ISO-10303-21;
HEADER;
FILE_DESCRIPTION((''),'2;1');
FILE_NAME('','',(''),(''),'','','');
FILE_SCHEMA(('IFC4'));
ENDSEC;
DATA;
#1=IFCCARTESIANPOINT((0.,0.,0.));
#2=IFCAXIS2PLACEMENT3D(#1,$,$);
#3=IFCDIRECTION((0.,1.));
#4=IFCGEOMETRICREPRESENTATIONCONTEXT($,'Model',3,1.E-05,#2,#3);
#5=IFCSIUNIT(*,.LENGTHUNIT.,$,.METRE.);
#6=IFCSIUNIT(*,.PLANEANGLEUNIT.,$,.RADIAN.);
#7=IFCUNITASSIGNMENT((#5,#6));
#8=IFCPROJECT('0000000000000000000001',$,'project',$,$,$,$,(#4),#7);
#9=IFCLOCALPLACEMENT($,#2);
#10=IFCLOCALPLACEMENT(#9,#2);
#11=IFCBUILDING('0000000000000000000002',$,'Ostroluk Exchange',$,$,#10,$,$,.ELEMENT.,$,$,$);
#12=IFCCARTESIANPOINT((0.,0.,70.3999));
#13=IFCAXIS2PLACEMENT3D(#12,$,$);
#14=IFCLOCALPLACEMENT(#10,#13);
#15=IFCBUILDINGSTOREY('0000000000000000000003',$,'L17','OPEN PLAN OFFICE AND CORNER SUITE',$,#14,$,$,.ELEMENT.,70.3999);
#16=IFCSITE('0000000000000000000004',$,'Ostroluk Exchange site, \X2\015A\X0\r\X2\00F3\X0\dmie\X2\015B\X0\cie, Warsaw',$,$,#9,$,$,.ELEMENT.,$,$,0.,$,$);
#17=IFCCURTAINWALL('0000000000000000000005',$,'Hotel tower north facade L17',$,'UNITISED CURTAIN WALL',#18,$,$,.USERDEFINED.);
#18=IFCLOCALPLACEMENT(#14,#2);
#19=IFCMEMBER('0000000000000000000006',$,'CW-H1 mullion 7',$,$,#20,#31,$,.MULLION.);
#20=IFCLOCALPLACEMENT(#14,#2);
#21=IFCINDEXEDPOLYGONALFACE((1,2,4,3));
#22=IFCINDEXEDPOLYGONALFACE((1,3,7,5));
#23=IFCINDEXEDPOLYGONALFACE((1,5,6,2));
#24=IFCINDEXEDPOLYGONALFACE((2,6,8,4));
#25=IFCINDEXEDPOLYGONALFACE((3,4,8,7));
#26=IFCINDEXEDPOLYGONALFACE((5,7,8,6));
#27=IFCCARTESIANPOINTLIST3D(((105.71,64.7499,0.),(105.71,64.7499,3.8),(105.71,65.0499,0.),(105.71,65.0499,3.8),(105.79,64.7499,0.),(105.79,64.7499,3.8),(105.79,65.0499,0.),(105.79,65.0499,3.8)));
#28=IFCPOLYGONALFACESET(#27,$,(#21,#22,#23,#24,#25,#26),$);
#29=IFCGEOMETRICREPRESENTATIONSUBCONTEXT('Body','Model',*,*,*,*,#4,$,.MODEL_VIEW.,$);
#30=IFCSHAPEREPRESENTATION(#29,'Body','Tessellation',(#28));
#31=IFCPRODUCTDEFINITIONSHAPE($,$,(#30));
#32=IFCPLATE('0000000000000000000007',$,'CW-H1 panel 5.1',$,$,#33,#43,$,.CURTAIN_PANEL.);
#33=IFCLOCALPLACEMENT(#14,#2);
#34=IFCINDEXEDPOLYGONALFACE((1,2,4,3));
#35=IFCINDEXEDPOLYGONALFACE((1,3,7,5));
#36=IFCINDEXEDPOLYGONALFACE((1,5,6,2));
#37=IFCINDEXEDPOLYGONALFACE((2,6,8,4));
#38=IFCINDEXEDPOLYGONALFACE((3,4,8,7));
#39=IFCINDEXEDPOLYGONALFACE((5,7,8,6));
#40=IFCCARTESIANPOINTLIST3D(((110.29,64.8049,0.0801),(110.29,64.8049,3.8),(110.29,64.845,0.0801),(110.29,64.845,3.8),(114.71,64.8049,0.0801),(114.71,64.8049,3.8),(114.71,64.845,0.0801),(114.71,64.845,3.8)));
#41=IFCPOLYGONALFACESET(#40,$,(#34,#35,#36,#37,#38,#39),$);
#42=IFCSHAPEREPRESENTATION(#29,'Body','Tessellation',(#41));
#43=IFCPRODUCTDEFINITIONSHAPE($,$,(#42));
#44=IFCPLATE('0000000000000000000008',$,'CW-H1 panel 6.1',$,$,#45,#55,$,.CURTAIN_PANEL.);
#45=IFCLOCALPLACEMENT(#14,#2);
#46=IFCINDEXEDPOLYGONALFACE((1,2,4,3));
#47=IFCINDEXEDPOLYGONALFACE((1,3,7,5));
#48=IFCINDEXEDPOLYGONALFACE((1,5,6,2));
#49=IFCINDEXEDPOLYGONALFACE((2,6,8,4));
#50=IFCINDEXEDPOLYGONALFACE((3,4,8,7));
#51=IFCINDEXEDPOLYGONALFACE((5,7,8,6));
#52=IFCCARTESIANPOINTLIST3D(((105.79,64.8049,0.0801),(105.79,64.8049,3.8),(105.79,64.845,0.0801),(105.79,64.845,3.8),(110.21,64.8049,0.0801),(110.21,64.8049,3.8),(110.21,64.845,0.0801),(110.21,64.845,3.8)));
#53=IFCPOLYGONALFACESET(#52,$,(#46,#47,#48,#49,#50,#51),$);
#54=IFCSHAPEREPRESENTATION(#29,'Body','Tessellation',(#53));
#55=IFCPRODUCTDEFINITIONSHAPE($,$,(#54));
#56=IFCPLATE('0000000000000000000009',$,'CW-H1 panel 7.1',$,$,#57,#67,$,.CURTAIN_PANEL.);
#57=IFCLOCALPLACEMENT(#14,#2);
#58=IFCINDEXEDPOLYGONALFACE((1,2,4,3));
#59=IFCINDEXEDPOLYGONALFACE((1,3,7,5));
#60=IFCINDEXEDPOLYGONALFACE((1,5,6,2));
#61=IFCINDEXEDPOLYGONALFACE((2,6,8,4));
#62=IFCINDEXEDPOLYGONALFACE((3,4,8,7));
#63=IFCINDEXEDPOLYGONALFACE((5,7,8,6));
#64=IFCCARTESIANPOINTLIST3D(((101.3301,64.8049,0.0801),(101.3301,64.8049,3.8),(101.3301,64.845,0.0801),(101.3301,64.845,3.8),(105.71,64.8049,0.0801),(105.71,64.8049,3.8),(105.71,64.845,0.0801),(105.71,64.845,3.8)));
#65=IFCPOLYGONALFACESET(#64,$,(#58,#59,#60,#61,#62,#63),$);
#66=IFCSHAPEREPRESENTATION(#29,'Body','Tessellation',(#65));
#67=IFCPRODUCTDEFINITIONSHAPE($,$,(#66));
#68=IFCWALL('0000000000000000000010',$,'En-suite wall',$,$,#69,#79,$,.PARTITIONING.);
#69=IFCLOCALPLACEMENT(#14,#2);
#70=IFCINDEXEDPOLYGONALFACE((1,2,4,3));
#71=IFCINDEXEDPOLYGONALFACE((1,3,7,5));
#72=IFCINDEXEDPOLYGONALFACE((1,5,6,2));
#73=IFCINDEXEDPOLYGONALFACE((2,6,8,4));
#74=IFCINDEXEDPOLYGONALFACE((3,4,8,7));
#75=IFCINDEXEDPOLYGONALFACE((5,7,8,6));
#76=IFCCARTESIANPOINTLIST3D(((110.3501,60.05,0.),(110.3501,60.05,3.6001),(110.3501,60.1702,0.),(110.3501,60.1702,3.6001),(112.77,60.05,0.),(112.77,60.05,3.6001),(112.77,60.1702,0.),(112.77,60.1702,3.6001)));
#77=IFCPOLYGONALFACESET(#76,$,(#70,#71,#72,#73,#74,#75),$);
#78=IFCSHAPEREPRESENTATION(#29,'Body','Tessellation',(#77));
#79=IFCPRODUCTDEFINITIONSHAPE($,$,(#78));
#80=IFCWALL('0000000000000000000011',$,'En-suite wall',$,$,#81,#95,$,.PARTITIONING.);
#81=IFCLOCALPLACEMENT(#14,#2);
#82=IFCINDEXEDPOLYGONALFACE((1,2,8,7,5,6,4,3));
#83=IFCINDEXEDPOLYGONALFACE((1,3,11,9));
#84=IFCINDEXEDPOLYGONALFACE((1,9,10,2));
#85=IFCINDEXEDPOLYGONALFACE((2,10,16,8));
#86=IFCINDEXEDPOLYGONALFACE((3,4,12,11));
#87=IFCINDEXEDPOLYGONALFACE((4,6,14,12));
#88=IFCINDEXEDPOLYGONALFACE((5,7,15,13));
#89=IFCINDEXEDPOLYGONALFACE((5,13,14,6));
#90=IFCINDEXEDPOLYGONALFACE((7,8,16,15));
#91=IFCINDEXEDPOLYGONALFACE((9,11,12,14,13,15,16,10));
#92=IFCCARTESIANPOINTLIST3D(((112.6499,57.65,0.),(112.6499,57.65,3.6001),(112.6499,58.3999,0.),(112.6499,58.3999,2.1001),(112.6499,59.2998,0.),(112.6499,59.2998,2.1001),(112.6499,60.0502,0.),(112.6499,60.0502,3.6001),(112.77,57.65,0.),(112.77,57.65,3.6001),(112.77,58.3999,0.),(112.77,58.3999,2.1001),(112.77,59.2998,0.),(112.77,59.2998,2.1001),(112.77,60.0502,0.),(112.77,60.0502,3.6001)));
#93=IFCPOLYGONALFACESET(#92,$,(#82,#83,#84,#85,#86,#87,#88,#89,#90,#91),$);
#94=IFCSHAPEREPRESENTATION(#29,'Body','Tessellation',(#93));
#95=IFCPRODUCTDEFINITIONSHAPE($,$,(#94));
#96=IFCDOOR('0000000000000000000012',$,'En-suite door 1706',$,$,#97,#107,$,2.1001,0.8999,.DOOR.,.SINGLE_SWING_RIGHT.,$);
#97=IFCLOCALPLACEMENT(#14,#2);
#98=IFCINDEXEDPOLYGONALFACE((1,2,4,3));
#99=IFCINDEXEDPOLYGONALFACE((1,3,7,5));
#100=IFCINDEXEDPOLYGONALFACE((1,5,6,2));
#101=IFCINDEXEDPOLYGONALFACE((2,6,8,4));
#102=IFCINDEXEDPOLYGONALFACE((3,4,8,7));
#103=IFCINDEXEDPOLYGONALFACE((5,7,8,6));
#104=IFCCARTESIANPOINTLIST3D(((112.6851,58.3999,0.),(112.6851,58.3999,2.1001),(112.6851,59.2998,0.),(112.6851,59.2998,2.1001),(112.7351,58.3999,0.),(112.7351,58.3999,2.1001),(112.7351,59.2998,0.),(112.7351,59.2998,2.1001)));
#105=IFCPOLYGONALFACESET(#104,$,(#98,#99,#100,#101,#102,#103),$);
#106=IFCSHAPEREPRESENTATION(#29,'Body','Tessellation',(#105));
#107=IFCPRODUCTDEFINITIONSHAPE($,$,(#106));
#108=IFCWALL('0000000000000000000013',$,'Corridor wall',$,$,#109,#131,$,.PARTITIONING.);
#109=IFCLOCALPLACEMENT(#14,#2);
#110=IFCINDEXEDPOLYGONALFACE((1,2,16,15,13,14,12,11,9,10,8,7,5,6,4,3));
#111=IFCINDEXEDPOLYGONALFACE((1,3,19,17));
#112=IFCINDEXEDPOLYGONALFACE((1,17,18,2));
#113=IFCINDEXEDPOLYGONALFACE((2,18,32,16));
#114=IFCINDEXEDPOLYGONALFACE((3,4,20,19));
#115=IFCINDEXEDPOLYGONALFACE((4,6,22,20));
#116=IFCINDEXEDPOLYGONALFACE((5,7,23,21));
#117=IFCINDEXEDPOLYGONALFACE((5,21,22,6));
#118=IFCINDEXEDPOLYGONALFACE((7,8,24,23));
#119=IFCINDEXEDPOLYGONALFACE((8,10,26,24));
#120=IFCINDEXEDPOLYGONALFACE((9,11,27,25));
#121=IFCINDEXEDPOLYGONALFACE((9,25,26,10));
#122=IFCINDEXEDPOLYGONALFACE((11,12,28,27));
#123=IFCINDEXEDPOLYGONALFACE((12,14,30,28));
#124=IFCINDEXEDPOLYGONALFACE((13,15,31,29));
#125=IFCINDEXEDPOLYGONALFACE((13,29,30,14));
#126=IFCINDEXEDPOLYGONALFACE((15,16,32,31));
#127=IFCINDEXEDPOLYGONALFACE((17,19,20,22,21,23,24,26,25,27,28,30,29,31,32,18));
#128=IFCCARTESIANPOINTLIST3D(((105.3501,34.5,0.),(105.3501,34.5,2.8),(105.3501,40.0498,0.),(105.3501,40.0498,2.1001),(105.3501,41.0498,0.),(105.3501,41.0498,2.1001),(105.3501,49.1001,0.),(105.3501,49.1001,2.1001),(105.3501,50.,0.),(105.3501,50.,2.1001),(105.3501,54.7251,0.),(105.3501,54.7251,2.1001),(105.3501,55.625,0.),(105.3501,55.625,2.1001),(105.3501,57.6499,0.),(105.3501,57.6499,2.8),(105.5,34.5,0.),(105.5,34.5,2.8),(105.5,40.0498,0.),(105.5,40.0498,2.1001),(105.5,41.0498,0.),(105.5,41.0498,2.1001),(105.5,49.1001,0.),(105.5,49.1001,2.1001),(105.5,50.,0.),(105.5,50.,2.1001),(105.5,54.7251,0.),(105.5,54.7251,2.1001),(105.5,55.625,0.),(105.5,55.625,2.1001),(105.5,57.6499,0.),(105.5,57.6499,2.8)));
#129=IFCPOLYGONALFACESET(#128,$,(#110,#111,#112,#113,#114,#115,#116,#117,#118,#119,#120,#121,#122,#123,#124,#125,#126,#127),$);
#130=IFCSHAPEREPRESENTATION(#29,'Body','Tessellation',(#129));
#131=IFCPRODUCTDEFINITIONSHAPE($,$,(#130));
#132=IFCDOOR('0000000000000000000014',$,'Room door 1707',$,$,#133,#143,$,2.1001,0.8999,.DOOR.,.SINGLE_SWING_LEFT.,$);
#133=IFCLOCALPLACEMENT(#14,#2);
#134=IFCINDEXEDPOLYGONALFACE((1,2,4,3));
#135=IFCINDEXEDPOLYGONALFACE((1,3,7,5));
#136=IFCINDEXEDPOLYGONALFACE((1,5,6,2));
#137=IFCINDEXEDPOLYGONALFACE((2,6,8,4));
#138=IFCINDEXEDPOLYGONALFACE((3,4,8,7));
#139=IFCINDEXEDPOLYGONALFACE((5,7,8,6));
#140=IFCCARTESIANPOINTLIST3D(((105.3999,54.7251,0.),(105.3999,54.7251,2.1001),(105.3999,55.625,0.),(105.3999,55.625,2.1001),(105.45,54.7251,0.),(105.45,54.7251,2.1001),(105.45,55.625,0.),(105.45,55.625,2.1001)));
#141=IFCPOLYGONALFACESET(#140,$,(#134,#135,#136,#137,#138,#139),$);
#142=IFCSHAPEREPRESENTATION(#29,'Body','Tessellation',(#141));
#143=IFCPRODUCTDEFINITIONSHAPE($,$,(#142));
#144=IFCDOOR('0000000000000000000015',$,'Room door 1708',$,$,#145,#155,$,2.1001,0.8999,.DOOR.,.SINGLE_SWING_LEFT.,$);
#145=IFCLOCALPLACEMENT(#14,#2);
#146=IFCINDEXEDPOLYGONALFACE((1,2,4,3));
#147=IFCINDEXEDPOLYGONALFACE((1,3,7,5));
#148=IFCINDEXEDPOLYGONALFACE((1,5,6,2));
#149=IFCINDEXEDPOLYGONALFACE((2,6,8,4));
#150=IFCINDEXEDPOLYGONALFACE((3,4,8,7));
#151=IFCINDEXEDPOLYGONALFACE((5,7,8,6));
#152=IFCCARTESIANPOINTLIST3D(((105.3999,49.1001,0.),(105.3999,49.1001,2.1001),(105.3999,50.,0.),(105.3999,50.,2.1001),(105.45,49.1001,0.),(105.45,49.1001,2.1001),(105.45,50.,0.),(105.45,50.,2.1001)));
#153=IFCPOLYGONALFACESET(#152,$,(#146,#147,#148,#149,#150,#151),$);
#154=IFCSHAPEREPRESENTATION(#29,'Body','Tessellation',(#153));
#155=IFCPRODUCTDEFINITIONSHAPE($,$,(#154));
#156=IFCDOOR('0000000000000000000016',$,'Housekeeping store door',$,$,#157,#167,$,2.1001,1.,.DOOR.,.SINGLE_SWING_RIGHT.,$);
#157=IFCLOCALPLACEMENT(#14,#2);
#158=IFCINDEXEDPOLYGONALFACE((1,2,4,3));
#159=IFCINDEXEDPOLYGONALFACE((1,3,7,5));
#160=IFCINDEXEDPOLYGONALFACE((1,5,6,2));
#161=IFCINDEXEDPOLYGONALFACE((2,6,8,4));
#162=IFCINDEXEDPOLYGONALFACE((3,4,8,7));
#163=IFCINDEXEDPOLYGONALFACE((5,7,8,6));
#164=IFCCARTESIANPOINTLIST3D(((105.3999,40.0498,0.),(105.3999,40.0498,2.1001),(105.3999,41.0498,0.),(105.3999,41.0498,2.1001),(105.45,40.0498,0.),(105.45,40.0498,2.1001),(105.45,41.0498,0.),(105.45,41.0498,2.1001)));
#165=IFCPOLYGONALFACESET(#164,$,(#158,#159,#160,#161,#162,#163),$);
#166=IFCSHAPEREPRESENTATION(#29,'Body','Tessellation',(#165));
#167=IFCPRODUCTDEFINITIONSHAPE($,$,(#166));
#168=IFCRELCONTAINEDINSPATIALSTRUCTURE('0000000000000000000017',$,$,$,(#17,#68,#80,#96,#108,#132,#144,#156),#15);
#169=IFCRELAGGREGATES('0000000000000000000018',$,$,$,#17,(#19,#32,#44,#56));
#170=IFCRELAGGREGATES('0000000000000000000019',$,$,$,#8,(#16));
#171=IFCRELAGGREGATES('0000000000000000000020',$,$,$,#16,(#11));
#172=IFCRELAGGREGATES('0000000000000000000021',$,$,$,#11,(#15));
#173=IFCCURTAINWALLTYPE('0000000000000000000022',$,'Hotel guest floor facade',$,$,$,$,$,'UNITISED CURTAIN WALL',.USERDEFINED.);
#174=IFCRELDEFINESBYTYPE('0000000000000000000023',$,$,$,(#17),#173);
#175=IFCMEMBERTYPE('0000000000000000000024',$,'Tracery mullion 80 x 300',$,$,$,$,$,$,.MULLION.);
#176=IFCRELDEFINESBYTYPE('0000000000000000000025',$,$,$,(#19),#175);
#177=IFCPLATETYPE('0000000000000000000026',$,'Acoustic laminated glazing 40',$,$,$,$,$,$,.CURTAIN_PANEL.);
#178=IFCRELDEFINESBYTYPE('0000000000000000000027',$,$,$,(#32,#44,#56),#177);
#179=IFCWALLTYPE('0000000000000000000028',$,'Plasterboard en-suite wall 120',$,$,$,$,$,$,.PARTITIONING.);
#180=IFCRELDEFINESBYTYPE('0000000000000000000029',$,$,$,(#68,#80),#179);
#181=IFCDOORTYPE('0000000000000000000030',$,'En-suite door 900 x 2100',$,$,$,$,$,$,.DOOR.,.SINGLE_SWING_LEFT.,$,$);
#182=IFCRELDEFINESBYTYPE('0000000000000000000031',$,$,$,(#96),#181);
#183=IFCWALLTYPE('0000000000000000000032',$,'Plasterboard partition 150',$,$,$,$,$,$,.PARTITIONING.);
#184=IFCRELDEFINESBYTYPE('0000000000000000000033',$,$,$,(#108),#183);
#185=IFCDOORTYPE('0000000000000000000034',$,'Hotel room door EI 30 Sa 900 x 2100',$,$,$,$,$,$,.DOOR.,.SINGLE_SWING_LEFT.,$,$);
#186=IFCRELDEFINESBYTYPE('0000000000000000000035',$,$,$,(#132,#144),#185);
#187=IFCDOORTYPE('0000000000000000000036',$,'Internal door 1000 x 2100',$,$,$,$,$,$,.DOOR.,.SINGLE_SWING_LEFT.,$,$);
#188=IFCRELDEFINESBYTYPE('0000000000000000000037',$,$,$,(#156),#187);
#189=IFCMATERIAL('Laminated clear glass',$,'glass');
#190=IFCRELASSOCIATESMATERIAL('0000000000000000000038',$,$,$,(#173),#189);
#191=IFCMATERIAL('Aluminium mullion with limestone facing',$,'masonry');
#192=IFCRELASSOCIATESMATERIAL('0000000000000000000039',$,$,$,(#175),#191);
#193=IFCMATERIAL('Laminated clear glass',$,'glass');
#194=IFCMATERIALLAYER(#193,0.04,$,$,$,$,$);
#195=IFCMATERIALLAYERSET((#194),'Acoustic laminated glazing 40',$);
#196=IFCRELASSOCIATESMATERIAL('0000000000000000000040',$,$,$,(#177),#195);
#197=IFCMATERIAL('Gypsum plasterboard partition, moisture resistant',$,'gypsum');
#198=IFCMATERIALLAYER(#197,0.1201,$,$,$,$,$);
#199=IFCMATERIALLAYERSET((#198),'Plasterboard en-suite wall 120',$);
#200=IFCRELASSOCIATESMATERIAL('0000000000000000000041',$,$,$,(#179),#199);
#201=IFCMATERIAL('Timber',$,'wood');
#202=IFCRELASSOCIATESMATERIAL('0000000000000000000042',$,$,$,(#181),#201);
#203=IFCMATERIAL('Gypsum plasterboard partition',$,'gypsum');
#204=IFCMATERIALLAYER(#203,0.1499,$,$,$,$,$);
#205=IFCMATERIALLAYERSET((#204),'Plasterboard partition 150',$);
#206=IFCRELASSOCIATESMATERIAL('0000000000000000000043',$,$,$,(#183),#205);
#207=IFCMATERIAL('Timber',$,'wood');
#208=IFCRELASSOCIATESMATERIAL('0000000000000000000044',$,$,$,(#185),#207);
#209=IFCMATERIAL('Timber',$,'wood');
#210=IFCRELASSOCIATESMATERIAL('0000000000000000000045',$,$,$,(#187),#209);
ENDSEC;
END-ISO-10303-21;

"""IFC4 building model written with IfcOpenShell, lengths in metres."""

from ifc_helpers import new_model, si_unit, direction, frame, frame_2d, origin, origin_2d, place, context, subcontext, project, spatial, rectangle, extrude, material, layer, layer_set, material_profile, profile_set, type_object, element, fill, aggregate, save


model = new_model("IFC4")

# Units and contexts
model_context = context("Model", 3, precision=1e-05, world=origin(), true_north=direction((0.0, 1.0)))
body_context = subcontext(model_context, "Body", "Model", "MODEL_VIEW")
ifc_project = project(units=[si_unit("LENGTHUNIT", "METRE"), si_unit("PLANEANGLEUNIT", "RADIAN")], contexts=[model_context])

# Site, building, storey
site_placement = place(None, origin())
site = spatial("IfcSite", under=ifc_project, at=site_placement, Name="Ostroluk Exchange site, Śródmieście, Warsaw", CompositionType="ELEMENT", RefElevation=0.0)
building_placement = place(site_placement, origin())
building = spatial("IfcBuilding", under=site, at=building_placement, Name="Ostroluk Exchange", CompositionType="ELEMENT")
storey_placement = place(building_placement, frame((0.0, 0.0, 70.3999)))
storey = spatial("IfcBuildingStorey", under=building, at=storey_placement, Name="L17", Description="OPEN PLAN OFFICE AND CORNER SUITE", CompositionType="ELEMENT", Elevation=70.3999)

# Curtain wall, member, plates
ifc_material_1 = material(Name="Laminated clear glass", Category="glass")
curtain_wall_type = type_object("IfcCurtainWallType", Name="Hotel guest floor facade", ElementType="UNITISED CURTAIN WALL", PredefinedType="USERDEFINED", material=ifc_material_1)
curtain_wall_placement = place(storey_placement, origin())
curtain_wall = element("IfcCurtainWall", 1, at=curtain_wall_placement, inside=storey, type_object=curtain_wall_type, Name="Hotel tower north facade L17", ObjectType="UNITISED CURTAIN WALL", PredefinedType="USERDEFINED")
ifc_material_2 = material(Name="Aluminium mullion with limestone facing", Category="masonry")
ifc_material_profile_1 = material_profile(ifc_material_2, rectangle(XDim=0.3, YDim=0.0801, at=origin_2d()), Name="Tracery mullion 80 x 300")
ifc_profile_set_1 = profile_set([ifc_material_profile_1], Name="Aluminium mullion with limestone facing")
member_type_1 = type_object("IfcMemberType", Name="Tracery mullion 80 x 300", PredefinedType="MULLION", material=ifc_profile_set_1)
member_1_placement = place(storey_placement, frame((105.75, 64.8999, 0.0), z_axis=(0.0, 0.0, 1.0), x_axis=(0.0, -1.0, 0.0)))
member_1 = element("IfcMember", 2, at=member_1_placement, type_object=member_type_1, Name="CW-H1 mullion 7", PredefinedType="MULLION", context=body_context, shape_type="SweptSolid", body=[
    extrude(rectangle(XDim=0.3, YDim=0.0801, at=origin_2d()), origin(), (0.0, 0.0, 1.0), 3.8),
])
ifc_material_3 = material(Name="Laminated clear glass", Category="glass")
ifc_layer_1 = layer(ifc_material_3, 0.04)
ifc_layer_set_1 = layer_set([ifc_layer_1], Name="Acoustic laminated glazing 40")
plate_type = type_object("IfcPlateType", Name="Acoustic laminated glazing 40", PredefinedType="CURTAIN_PANEL", material=ifc_layer_set_1)
plate_1_placement = place(storey_placement, frame((112.5, 64.825, 0.0801), z_axis=(0.0, 0.0, 1.0), x_axis=(-1.0, 0.0, 0.0)))
plate_1 = element("IfcPlate", 3, at=plate_1_placement, type_object=plate_type, Name="CW-H1 panel 5.1", PredefinedType="CURTAIN_PANEL", context=body_context, shape_type="SweptSolid", body=[
    extrude(rectangle(XDim=4.4199, YDim=0.04, at=origin_2d()), origin(), (0.0, 0.0, 1.0), 3.72),
])
plate_2_placement = place(storey_placement, frame((108.0, 64.825, 0.0801), z_axis=(0.0, 0.0, 1.0), x_axis=(-1.0, 0.0, 0.0)))
plate_2 = element("IfcPlate", 4, at=plate_2_placement, type_object=plate_type, Name="CW-H1 panel 6.1", PredefinedType="CURTAIN_PANEL", context=body_context, shape_type="SweptSolid", body=[
    extrude(rectangle(XDim=4.4199, YDim=0.04, at=origin_2d()), origin(), (0.0, 0.0, 1.0), 3.72),
])
plate_3_placement = place(storey_placement, frame((103.52, 64.825, 0.0801), z_axis=(0.0, 0.0, 1.0), x_axis=(-1.0, 0.0, 0.0)))
plate_3 = element("IfcPlate", 5, at=plate_3_placement, type_object=plate_type, Name="CW-H1 panel 7.1", PredefinedType="CURTAIN_PANEL", context=body_context, shape_type="SweptSolid", body=[
    extrude(rectangle(XDim=4.3799, YDim=0.04, at=origin_2d()), origin(), (0.0, 0.0, 1.0), 3.72),
])
aggregate(curtain_wall, [member_1, plate_1, plate_2, plate_3])

# Wall
ifc_material_4 = material(Name="Gypsum plasterboard partition, moisture resistant", Category="gypsum")
ifc_layer_2 = layer(ifc_material_4, 0.1201)
ifc_layer_set_2 = layer_set([ifc_layer_2], Name="Plasterboard en-suite wall 120")
wall_type_1 = type_object("IfcWallType", Name="Plasterboard en-suite wall 120", PredefinedType="PARTITIONING", material=ifc_layer_set_2)
wall_1_placement = place(storey_placement, frame((112.77, 60.1101, 0.0), z_axis=(0.0, 0.0, 1.0), x_axis=(-1.0, 0.0, 0.0)))
element("IfcWall", 6, at=wall_1_placement, inside=storey, type_object=wall_type_1, Name="En-suite wall", PredefinedType="PARTITIONING", context=body_context, shape_type="SweptSolid", body=[
    extrude(rectangle(XDim=2.4199, YDim=0.1201, at=frame_2d((1.21, 0.0))), origin(), (0.0, 0.0, 1.0), 3.6001),
])

# Wall, opening, door
wall_2_placement = place(storey_placement, frame((112.71, 57.6499, 0.0), z_axis=(0.0, 0.0, 1.0), x_axis=(0.0, 1.0, 0.0)))
wall_2 = element("IfcWall", 7, at=wall_2_placement, inside=storey, type_object=wall_type_1, Name="En-suite wall", PredefinedType="PARTITIONING", context=body_context, shape_type="SweptSolid", body=[
    extrude(rectangle(XDim=2.4001, YDim=0.1201, at=frame_2d((1.2002, 0.0))), origin(), (0.0, 0.0, 1.0), 3.6001),
])
opening_1_placement = place(wall_2_placement, frame((0.75, 0.0, 0.0)))
opening_1 = element("IfcOpeningElement", 8, at=opening_1_placement, cuts=wall_2, PredefinedType="OPENING", context=body_context, shape_type="SweptSolid", body=[
    extrude(rectangle(XDim=0.8999, YDim=2.1001, at=frame_2d((0.45, 1.05))), frame((0.0, 0.0701, 0.0), z_axis=(0.0, -1.0, 0.0), x_axis=(1.0, 0.0, 0.0)), (0.0, 0.0, 1.0), 0.1401),
])
ifc_material_5 = material(Name="Timber", Category="wood")
door_type_1 = type_object("IfcDoorType", Name="En-suite door 900 x 2100", OperationType="SINGLE_SWING_LEFT", PredefinedType="DOOR", material=ifc_material_5)
door_1_placement = place(opening_1_placement, origin())
door_1 = element("IfcDoor", 9, at=door_1_placement, inside=storey, type_object=door_type_1, Name="En-suite door 1706", OperationType="SINGLE_SWING_RIGHT", OverallHeight=2.1001, OverallWidth=0.8999, PredefinedType="DOOR", context=body_context, shape_type="SweptSolid", body=[
    extrude(rectangle(XDim=0.8999, YDim=2.1001, at=frame_2d((0.45, 1.05))), frame((0.0, 0.0249, 0.0), z_axis=(0.0, -1.0, 0.0), x_axis=(1.0, 0.0, 0.0)), (0.0, 0.0, 1.0), 0.05),
])
fill(opening_1, door_1)

# Wall, openings, doors
ifc_material_6 = material(Name="Gypsum plasterboard partition", Category="gypsum")
ifc_layer_3 = layer(ifc_material_6, 0.1499)
ifc_layer_set_3 = layer_set([ifc_layer_3], Name="Plasterboard partition 150")
wall_type_2 = type_object("IfcWallType", Name="Plasterboard partition 150", PredefinedType="PARTITIONING", material=ifc_layer_set_3)
wall_3_placement = place(storey_placement, frame((105.425, 57.6499, 0.0), z_axis=(0.0, 0.0, 1.0), x_axis=(0.0, -1.0, 0.0)))
wall_3 = element("IfcWall", 10, at=wall_3_placement, inside=storey, type_object=wall_type_2, Name="Corridor wall", PredefinedType="PARTITIONING", context=body_context, shape_type="SweptSolid", body=[
    extrude(rectangle(XDim=23.1499, YDim=0.1499, at=frame_2d((11.575, 0.0))), origin(), (0.0, 0.0, 1.0), 2.8),
])
opening_2_placement = place(wall_3_placement, frame((2.0249, 0.0, 0.0)))
opening_2 = element("IfcOpeningElement", 11, at=opening_2_placement, cuts=wall_3, PredefinedType="OPENING", context=body_context, shape_type="SweptSolid", body=[
    extrude(rectangle(XDim=0.8999, YDim=2.1001, at=frame_2d((0.45, 1.05))), frame((0.0, 0.085, 0.0), z_axis=(0.0, -1.0, 0.0), x_axis=(1.0, 0.0, 0.0)), (0.0, 0.0, 1.0), 0.1699),
])
opening_3_placement = place(wall_3_placement, frame((7.6499, 0.0, 0.0)))
opening_3 = element("IfcOpeningElement", 12, at=opening_3_placement, cuts=wall_3, PredefinedType="OPENING", context=body_context, shape_type="SweptSolid", body=[
    extrude(rectangle(XDim=0.8999, YDim=2.1001, at=frame_2d((0.45, 1.05))), frame((0.0, 0.085, 0.0), z_axis=(0.0, -1.0, 0.0), x_axis=(1.0, 0.0, 0.0)), (0.0, 0.0, 1.0), 0.1699),
])
opening_4_placement = place(wall_3_placement, frame((16.6001, 0.0, 0.0)))
opening_4 = element("IfcOpeningElement", 13, at=opening_4_placement, cuts=wall_3, PredefinedType="OPENING", context=body_context, shape_type="SweptSolid", body=[
    extrude(rectangle(XDim=1.0, YDim=2.1001, at=frame_2d((0.5, 1.05))), frame((0.0, 0.085, 0.0), z_axis=(0.0, -1.0, 0.0), x_axis=(1.0, 0.0, 0.0)), (0.0, 0.0, 1.0), 0.1699),
])
ifc_material_7 = material(Name="Timber", Category="wood")
door_type_2 = type_object("IfcDoorType", Name="Hotel room door EI 30 Sa 900 x 2100", OperationType="SINGLE_SWING_LEFT", PredefinedType="DOOR", material=ifc_material_7)
door_2_placement = place(opening_2_placement, origin())
door_2 = element("IfcDoor", 14, at=door_2_placement, inside=storey, type_object=door_type_2, Name="Room door 1707", OperationType="SINGLE_SWING_LEFT", OverallHeight=2.1001, OverallWidth=0.8999, PredefinedType="DOOR", context=body_context, shape_type="SweptSolid", body=[
    extrude(rectangle(XDim=0.8999, YDim=2.1001, at=frame_2d((0.45, 1.05))), frame((0.0, 0.0249, 0.0), z_axis=(0.0, -1.0, 0.0), x_axis=(1.0, 0.0, 0.0)), (0.0, 0.0, 1.0), 0.05),
])
fill(opening_2, door_2)
door_3_placement = place(opening_3_placement, origin())
door_3 = element("IfcDoor", 15, at=door_3_placement, inside=storey, type_object=door_type_2, Name="Room door 1708", OperationType="SINGLE_SWING_LEFT", OverallHeight=2.1001, OverallWidth=0.8999, PredefinedType="DOOR", context=body_context, shape_type="SweptSolid", body=[
    extrude(rectangle(XDim=0.8999, YDim=2.1001, at=frame_2d((0.45, 1.05))), frame((0.0, 0.0249, 0.0), z_axis=(0.0, -1.0, 0.0), x_axis=(1.0, 0.0, 0.0)), (0.0, 0.0, 1.0), 0.05),
])
fill(opening_3, door_3)
ifc_material_8 = material(Name="Timber", Category="wood")
door_type_3 = type_object("IfcDoorType", Name="Internal door 1000 x 2100", OperationType="SINGLE_SWING_LEFT", PredefinedType="DOOR", material=ifc_material_8)
door_4_placement = place(opening_4_placement, origin())
door_4 = element("IfcDoor", 16, at=door_4_placement, inside=storey, type_object=door_type_3, Name="Housekeeping store door", OperationType="SINGLE_SWING_RIGHT", OverallHeight=2.1001, OverallWidth=1.0, PredefinedType="DOOR", context=body_context, shape_type="SweptSolid", body=[
    extrude(rectangle(XDim=1.0, YDim=2.1001, at=frame_2d((0.5, 1.05))), frame((0.0, 0.0249, 0.0), z_axis=(0.0, -1.0, 0.0), x_axis=(1.0, 0.0, 0.0)), (0.0, 0.0, 1.0), 0.05),
])
fill(opening_4, door_4)

save(model, "model.ifc")
